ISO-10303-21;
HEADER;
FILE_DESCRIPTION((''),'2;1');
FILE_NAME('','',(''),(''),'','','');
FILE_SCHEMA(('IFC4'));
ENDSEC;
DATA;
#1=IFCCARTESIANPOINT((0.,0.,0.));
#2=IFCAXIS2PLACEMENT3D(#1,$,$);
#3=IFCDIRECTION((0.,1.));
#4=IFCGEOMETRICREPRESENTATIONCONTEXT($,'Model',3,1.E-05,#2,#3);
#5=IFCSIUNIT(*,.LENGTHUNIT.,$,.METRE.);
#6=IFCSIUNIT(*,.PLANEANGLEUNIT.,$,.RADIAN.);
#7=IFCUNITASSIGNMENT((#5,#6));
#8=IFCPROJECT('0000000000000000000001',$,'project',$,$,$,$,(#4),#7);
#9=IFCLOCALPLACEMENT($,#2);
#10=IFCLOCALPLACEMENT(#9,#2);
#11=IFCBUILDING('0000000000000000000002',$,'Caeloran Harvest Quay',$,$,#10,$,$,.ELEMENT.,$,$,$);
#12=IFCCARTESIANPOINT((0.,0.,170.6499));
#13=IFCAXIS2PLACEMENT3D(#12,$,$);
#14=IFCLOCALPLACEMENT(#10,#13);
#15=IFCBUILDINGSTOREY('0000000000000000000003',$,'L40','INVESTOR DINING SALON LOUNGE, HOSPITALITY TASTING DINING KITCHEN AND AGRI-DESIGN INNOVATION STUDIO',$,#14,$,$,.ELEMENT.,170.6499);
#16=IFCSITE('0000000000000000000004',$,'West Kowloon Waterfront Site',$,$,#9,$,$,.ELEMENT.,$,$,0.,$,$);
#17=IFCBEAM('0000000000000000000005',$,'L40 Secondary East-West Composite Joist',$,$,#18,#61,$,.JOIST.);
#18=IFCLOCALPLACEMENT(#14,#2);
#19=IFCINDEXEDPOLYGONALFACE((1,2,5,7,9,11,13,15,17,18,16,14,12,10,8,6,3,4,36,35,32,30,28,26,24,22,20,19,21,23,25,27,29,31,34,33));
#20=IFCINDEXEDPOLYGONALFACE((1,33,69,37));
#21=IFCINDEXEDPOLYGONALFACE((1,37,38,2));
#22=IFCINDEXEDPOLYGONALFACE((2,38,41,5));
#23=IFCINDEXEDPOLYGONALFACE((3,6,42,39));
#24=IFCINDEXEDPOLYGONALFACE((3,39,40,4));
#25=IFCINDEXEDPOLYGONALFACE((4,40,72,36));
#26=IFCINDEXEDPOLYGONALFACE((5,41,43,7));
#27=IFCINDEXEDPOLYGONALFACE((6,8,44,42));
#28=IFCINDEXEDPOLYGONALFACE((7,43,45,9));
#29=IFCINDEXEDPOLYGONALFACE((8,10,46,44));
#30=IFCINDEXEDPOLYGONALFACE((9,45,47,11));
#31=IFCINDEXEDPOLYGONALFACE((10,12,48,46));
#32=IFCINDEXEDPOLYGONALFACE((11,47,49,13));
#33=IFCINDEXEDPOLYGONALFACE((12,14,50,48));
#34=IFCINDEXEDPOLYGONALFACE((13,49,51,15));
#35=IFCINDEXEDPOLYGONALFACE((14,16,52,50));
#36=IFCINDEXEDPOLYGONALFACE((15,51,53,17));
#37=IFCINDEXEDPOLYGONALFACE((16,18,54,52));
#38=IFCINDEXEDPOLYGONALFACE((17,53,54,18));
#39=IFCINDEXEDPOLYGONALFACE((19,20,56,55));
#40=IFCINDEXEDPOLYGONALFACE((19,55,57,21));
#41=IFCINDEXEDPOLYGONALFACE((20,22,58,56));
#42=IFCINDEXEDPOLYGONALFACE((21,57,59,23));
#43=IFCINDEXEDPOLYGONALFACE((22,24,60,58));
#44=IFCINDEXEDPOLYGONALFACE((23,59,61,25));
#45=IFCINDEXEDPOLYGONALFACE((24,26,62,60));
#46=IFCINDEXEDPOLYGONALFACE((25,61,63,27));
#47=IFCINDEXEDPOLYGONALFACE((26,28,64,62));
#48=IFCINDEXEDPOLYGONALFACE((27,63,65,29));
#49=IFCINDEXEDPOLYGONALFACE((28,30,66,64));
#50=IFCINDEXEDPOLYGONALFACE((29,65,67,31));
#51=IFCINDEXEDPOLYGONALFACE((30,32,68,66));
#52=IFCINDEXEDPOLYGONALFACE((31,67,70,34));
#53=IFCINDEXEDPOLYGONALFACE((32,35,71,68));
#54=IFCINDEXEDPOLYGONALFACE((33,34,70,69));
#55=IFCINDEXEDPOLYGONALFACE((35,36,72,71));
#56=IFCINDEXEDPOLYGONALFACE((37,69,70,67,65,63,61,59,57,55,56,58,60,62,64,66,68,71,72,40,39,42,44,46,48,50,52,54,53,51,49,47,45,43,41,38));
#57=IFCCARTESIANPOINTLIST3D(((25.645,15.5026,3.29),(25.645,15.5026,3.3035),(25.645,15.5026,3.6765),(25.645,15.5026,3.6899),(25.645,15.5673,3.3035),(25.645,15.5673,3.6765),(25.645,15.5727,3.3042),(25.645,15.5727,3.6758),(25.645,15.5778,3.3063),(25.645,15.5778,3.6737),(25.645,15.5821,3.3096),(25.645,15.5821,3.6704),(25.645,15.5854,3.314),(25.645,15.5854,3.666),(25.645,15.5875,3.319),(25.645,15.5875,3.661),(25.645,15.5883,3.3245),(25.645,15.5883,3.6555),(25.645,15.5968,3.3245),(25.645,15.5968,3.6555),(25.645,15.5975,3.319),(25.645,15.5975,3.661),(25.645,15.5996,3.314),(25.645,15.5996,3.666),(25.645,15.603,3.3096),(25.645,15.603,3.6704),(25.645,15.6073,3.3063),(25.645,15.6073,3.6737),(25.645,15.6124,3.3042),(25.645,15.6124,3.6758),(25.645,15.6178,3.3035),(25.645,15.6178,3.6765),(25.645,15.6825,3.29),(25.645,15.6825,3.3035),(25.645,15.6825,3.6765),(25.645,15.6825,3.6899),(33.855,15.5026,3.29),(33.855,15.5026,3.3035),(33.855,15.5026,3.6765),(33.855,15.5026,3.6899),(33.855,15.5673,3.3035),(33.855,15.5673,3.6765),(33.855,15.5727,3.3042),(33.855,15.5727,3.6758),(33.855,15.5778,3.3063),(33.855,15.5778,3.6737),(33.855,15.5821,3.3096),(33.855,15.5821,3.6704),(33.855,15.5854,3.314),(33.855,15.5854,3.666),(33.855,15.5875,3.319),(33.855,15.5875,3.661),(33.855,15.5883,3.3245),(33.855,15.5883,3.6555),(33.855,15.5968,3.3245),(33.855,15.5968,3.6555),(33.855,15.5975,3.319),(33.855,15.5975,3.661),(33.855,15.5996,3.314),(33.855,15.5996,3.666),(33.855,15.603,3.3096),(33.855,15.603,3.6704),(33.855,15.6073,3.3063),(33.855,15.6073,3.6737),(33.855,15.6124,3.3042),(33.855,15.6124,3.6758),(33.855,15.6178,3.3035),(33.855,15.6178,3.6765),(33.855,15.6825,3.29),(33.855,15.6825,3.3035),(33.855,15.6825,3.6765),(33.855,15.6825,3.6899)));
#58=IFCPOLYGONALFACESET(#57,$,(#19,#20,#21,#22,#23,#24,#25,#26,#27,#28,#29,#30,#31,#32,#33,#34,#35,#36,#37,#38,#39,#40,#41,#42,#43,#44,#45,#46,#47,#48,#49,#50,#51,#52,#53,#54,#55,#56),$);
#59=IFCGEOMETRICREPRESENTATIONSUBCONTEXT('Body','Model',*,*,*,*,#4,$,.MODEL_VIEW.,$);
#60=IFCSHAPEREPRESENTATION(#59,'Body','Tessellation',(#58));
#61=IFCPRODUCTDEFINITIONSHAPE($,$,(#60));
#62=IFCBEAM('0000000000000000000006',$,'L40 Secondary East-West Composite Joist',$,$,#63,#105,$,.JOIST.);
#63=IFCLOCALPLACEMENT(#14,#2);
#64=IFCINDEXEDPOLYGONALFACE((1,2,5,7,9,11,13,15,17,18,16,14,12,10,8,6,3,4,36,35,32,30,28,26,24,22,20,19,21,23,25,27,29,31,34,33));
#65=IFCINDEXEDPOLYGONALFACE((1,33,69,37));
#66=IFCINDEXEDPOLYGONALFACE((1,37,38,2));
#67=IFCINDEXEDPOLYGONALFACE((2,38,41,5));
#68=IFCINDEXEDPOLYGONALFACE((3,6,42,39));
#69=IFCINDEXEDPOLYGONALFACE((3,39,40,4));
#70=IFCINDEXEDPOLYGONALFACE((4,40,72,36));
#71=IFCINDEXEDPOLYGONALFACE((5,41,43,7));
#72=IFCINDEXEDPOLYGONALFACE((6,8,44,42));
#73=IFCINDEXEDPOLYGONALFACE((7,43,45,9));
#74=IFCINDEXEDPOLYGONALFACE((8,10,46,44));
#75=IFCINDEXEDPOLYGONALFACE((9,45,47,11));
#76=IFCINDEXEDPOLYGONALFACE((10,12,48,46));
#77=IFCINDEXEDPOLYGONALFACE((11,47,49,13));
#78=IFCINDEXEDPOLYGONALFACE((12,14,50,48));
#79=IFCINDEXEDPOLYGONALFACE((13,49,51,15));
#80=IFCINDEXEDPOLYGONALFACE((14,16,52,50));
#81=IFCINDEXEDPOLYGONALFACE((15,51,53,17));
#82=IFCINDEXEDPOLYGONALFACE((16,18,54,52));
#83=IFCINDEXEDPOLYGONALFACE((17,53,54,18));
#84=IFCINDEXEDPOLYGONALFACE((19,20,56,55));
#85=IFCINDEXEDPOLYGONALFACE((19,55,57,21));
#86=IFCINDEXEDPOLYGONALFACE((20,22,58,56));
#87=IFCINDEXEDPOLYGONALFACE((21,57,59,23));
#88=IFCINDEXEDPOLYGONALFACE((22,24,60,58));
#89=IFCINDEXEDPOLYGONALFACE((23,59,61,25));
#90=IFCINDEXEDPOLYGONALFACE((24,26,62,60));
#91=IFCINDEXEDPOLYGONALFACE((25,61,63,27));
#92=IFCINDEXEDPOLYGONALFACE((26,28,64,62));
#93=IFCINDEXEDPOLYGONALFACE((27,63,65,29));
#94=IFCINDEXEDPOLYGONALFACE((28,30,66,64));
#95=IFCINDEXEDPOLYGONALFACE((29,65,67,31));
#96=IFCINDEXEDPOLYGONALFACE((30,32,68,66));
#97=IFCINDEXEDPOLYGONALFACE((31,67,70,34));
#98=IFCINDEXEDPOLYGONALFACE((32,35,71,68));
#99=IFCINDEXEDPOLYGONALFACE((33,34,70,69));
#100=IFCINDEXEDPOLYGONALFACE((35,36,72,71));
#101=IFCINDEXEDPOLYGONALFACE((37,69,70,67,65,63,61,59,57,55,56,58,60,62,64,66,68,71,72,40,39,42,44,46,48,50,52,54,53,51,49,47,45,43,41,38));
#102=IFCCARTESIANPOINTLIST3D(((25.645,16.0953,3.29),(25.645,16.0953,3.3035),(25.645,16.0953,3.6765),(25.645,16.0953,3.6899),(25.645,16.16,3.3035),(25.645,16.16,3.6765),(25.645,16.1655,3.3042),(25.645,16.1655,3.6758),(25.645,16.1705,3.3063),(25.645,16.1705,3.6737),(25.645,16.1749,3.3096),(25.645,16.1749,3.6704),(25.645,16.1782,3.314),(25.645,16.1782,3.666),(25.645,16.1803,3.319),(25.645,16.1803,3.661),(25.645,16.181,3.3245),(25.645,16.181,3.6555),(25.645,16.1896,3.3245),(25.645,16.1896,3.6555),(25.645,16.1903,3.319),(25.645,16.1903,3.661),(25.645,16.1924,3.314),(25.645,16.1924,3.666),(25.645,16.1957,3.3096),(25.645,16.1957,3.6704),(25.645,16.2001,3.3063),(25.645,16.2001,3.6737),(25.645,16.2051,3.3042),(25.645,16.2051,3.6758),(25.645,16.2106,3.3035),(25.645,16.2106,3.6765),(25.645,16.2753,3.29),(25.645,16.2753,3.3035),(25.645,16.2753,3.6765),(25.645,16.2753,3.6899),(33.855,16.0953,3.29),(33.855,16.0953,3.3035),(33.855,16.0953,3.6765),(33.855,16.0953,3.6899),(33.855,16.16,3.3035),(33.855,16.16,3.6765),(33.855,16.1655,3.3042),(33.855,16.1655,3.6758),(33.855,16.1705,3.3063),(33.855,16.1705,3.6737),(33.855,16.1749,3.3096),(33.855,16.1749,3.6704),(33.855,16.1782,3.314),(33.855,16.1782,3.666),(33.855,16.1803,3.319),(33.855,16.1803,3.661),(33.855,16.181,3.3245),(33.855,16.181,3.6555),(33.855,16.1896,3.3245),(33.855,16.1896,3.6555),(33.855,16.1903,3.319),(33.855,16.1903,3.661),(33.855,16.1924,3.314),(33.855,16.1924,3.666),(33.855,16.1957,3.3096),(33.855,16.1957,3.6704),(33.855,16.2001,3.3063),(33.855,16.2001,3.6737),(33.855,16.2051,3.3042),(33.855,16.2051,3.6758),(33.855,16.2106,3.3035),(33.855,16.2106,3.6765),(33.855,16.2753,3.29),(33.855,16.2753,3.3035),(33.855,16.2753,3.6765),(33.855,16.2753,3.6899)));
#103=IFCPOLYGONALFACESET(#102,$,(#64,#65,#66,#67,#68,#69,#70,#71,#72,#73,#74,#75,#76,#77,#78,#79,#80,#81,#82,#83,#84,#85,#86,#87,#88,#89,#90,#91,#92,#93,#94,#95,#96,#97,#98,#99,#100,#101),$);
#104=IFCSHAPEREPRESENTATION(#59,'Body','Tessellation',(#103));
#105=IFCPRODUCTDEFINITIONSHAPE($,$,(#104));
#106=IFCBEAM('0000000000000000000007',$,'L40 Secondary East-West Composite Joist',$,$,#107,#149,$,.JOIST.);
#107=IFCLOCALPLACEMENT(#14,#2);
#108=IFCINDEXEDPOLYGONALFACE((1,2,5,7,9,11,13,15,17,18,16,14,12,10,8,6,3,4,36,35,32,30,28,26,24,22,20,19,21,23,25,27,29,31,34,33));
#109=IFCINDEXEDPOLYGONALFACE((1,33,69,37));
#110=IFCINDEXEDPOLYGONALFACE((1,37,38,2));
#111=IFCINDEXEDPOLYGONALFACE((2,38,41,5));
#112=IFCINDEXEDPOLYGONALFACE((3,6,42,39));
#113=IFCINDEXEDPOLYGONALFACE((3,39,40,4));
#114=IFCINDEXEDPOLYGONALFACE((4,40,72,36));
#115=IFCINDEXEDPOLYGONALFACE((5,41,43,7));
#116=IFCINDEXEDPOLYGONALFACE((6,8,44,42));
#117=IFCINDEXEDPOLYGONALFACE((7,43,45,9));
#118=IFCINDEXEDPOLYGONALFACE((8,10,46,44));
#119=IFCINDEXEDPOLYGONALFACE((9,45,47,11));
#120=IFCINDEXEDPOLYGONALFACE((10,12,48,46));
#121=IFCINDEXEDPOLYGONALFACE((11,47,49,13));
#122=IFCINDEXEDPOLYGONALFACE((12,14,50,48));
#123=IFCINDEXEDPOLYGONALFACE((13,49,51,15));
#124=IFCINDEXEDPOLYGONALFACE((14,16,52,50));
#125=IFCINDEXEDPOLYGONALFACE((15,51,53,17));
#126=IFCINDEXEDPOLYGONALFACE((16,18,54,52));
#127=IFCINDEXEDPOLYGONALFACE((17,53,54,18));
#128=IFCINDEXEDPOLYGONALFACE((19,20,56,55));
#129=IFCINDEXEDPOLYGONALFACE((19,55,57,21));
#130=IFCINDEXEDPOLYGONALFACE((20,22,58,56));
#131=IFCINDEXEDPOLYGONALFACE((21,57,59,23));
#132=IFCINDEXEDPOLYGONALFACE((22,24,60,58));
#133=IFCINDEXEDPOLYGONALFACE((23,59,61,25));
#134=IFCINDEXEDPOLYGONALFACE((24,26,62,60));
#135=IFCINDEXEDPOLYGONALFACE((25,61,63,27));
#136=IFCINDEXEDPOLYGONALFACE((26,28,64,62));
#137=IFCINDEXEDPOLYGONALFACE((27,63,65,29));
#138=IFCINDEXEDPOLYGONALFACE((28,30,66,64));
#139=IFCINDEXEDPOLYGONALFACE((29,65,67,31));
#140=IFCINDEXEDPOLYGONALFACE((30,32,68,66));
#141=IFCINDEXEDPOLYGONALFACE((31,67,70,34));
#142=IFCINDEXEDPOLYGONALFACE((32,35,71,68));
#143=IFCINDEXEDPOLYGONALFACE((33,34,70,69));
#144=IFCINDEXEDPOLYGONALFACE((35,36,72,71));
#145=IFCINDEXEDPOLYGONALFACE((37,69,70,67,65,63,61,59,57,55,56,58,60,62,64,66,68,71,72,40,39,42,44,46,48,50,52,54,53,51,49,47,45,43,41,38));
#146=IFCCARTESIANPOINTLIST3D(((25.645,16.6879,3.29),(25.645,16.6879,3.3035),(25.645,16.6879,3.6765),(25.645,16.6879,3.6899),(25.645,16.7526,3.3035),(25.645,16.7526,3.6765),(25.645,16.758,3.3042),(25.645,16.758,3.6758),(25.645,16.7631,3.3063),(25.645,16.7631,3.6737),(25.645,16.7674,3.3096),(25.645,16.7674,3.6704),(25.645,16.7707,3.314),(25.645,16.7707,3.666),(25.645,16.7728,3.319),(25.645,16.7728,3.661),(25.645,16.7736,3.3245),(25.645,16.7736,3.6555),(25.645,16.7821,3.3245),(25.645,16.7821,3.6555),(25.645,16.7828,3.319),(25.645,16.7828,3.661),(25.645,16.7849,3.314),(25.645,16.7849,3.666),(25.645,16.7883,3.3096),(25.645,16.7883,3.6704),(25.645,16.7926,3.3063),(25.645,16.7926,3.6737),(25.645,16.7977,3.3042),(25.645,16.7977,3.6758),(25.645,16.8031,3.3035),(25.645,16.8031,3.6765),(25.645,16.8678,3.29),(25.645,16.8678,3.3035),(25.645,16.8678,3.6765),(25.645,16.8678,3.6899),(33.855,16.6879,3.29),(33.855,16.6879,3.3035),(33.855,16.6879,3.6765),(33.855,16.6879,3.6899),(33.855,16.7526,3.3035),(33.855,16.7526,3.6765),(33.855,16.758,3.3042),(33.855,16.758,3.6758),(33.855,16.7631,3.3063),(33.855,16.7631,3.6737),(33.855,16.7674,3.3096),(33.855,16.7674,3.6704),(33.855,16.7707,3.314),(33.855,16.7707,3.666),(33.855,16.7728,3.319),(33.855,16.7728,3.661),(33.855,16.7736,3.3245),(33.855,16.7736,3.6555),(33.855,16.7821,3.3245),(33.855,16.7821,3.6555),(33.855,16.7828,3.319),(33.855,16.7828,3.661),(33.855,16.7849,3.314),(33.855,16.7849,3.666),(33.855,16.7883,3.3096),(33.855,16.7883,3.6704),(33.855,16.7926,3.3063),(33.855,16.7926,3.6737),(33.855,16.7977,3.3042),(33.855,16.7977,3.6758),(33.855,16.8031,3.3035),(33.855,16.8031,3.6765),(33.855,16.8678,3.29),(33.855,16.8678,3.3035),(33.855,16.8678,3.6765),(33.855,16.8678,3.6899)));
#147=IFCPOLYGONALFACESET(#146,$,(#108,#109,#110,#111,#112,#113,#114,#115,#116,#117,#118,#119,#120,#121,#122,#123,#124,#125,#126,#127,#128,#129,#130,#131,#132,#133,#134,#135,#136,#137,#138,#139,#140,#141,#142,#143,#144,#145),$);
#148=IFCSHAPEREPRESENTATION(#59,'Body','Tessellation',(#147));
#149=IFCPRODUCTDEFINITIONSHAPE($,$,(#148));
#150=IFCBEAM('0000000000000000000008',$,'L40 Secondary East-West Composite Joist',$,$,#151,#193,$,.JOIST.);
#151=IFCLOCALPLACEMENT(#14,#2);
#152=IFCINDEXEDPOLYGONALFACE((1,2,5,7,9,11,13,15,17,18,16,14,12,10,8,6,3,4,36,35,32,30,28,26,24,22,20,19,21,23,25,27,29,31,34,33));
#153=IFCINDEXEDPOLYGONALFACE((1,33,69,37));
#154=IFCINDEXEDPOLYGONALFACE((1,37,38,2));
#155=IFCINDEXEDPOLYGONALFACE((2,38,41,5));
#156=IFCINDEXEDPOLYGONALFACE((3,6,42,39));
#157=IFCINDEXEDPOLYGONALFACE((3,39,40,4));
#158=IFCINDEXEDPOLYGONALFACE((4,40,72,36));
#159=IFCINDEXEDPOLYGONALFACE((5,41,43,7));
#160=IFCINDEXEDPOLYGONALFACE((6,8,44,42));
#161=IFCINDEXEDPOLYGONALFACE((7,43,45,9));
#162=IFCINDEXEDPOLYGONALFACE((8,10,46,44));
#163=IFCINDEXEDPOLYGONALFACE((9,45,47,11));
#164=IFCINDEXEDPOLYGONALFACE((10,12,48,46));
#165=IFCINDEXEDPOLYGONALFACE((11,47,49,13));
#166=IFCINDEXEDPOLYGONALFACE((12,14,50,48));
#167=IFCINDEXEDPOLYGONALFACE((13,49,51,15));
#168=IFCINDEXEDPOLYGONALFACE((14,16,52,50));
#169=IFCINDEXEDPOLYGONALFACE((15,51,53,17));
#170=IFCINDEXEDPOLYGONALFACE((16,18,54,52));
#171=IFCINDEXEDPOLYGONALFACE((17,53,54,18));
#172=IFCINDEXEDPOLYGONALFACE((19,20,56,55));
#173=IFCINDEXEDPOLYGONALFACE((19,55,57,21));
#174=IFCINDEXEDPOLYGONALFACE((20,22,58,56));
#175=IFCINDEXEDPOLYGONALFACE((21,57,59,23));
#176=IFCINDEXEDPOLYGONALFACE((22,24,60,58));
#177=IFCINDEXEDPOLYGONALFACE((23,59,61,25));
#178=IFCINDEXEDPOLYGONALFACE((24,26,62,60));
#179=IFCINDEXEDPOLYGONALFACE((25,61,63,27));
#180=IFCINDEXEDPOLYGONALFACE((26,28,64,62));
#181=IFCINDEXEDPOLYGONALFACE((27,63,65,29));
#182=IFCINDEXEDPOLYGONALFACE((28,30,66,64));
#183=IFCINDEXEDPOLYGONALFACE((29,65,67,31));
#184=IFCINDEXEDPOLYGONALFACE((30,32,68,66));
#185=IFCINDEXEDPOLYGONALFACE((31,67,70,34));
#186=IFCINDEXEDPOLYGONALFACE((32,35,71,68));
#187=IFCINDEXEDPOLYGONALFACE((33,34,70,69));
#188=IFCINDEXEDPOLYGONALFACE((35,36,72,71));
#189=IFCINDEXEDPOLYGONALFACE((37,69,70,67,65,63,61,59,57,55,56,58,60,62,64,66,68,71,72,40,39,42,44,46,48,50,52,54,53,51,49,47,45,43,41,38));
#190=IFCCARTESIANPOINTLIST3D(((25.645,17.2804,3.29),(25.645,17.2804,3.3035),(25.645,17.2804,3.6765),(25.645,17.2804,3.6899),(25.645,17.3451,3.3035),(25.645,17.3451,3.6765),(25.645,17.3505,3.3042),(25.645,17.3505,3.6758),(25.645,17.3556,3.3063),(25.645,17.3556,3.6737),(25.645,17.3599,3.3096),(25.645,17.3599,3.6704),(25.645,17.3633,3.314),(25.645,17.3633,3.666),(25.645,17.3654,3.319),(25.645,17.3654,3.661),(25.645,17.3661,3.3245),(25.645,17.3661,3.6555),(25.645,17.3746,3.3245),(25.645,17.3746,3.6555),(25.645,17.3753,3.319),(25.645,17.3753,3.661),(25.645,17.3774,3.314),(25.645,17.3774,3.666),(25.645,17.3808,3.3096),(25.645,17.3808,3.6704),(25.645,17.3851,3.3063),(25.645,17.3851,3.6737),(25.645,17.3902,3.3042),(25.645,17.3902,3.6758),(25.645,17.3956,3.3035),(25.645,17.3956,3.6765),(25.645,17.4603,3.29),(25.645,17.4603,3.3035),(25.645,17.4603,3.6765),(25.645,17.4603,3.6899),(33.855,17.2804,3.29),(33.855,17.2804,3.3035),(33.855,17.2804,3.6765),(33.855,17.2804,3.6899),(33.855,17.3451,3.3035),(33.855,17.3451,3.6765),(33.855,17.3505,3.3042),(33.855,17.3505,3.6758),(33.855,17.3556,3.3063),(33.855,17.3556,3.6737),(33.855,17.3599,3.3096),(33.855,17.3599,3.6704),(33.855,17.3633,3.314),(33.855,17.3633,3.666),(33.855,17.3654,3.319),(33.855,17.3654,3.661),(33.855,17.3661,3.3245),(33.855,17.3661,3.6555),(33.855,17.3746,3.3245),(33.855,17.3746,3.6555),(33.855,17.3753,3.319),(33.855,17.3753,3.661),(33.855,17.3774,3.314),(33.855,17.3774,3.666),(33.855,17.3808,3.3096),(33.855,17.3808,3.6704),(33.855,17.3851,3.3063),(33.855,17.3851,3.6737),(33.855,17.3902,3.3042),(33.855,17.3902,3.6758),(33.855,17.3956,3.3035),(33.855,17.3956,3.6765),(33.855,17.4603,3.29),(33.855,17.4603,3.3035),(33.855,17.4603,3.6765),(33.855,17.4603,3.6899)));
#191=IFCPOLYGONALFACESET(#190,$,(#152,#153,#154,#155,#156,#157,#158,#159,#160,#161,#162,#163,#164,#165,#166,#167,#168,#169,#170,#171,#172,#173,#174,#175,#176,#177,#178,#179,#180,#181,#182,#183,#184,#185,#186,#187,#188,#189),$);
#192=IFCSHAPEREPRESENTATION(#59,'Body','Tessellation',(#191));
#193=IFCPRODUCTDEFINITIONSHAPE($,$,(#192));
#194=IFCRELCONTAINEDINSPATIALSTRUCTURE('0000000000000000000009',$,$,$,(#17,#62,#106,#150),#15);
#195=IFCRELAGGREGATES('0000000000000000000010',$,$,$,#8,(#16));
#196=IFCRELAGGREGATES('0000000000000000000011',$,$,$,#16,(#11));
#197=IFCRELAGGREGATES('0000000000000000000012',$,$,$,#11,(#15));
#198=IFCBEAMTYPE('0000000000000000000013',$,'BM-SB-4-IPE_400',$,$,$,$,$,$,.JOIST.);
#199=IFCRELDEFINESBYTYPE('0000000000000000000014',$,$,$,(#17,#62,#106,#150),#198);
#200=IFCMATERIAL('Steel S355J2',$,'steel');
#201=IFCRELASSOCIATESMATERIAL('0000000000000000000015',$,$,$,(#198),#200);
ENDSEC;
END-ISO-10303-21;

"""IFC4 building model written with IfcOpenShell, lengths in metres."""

from ifc_helpers import new_model, si_unit, direction, frame, origin, origin_2d, place, context, subcontext, project, spatial, i_section, extrude, material, material_profile, profile_set, type_object, element, save


model = new_model("IFC4")

# Units and contexts
model_context = context("Model", 3, precision=1e-05, world=origin(), true_north=direction((0.0, 1.0)))
body_context = subcontext(model_context, "Body", "Model", "MODEL_VIEW")
ifc_project = project(units=[si_unit("LENGTHUNIT", "METRE"), si_unit("PLANEANGLEUNIT", "RADIAN")], contexts=[model_context])

# Site, building, storey
site_placement = place(None, origin())
site = spatial("IfcSite", under=ifc_project, at=site_placement, Name="West Kowloon Waterfront Site", CompositionType="ELEMENT", RefElevation=0.0)
building_placement = place(site_placement, origin())
building = spatial("IfcBuilding", under=site, at=building_placement, Name="Caeloran Harvest Quay", CompositionType="ELEMENT")
storey_placement = place(building_placement, frame((0.0, 0.0, 170.6499)))
storey = spatial("IfcBuildingStorey", under=building, at=storey_placement, Name="L40", Description="INVESTOR DINING SALON LOUNGE, HOSPITALITY TASTING DINING KITCHEN AND AGRI-DESIGN INNOVATION STUDIO", CompositionType="ELEMENT", Elevation=170.6499)

# Beams
ifc_material_1 = material(Name="Steel S355J2", Category="steel")
ifc_material_profile_1 = material_profile(ifc_material_1, i_section(OverallWidth=0.1799, OverallDepth=0.3999, WebThickness=0.0085, FlangeThickness=0.0134, FilletRadius=0.021, at=origin_2d()), Name="IPE 400")
ifc_profile_set_1 = profile_set([ifc_material_profile_1], Name="Steel S355J2")
beam_type_1 = type_object("IfcBeamType", Name="BM-SB-4-IPE_400", PredefinedType="JOIST", material=ifc_profile_set_1)
for number, where, z_axis, x_axis, name in (
    (1, (25.645, 15.5925, 3.49), (1.0, 0.0, 0.0), (0.0, 1.0, 0.0), "L40 Secondary East-West Composite Joist"),
    (2, (25.645, 16.1853, 3.49), (1.0, 0.0, 0.0), (0.0, 1.0, 0.0), "L40 Secondary East-West Composite Joist"),
    (3, (25.645, 16.7778, 3.49), (1.0, 0.0, 0.0), (0.0, 1.0, 0.0), "L40 Secondary East-West Composite Joist"),
    (4, (25.645, 17.3704, 3.49), (1.0, 0.0, 0.0), (0.0, 1.0, 0.0), "L40 Secondary East-West Composite Joist"),
):
    element("IfcBeam", number, at=place(storey_placement, frame(where, z_axis=z_axis, x_axis=x_axis)), inside=storey, type_object=beam_type_1, Name=name, PredefinedType="JOIST", context=body_context, shape_type="SweptSolid", body=[
        extrude(i_section(OverallWidth=0.1799, OverallDepth=0.3999, WebThickness=0.0085, FlangeThickness=0.0134, FilletRadius=0.021, at=origin_2d()), origin(), (0.0, 0.0, 1.0), 8.21),
    ])

save(model, "model.ifc")
